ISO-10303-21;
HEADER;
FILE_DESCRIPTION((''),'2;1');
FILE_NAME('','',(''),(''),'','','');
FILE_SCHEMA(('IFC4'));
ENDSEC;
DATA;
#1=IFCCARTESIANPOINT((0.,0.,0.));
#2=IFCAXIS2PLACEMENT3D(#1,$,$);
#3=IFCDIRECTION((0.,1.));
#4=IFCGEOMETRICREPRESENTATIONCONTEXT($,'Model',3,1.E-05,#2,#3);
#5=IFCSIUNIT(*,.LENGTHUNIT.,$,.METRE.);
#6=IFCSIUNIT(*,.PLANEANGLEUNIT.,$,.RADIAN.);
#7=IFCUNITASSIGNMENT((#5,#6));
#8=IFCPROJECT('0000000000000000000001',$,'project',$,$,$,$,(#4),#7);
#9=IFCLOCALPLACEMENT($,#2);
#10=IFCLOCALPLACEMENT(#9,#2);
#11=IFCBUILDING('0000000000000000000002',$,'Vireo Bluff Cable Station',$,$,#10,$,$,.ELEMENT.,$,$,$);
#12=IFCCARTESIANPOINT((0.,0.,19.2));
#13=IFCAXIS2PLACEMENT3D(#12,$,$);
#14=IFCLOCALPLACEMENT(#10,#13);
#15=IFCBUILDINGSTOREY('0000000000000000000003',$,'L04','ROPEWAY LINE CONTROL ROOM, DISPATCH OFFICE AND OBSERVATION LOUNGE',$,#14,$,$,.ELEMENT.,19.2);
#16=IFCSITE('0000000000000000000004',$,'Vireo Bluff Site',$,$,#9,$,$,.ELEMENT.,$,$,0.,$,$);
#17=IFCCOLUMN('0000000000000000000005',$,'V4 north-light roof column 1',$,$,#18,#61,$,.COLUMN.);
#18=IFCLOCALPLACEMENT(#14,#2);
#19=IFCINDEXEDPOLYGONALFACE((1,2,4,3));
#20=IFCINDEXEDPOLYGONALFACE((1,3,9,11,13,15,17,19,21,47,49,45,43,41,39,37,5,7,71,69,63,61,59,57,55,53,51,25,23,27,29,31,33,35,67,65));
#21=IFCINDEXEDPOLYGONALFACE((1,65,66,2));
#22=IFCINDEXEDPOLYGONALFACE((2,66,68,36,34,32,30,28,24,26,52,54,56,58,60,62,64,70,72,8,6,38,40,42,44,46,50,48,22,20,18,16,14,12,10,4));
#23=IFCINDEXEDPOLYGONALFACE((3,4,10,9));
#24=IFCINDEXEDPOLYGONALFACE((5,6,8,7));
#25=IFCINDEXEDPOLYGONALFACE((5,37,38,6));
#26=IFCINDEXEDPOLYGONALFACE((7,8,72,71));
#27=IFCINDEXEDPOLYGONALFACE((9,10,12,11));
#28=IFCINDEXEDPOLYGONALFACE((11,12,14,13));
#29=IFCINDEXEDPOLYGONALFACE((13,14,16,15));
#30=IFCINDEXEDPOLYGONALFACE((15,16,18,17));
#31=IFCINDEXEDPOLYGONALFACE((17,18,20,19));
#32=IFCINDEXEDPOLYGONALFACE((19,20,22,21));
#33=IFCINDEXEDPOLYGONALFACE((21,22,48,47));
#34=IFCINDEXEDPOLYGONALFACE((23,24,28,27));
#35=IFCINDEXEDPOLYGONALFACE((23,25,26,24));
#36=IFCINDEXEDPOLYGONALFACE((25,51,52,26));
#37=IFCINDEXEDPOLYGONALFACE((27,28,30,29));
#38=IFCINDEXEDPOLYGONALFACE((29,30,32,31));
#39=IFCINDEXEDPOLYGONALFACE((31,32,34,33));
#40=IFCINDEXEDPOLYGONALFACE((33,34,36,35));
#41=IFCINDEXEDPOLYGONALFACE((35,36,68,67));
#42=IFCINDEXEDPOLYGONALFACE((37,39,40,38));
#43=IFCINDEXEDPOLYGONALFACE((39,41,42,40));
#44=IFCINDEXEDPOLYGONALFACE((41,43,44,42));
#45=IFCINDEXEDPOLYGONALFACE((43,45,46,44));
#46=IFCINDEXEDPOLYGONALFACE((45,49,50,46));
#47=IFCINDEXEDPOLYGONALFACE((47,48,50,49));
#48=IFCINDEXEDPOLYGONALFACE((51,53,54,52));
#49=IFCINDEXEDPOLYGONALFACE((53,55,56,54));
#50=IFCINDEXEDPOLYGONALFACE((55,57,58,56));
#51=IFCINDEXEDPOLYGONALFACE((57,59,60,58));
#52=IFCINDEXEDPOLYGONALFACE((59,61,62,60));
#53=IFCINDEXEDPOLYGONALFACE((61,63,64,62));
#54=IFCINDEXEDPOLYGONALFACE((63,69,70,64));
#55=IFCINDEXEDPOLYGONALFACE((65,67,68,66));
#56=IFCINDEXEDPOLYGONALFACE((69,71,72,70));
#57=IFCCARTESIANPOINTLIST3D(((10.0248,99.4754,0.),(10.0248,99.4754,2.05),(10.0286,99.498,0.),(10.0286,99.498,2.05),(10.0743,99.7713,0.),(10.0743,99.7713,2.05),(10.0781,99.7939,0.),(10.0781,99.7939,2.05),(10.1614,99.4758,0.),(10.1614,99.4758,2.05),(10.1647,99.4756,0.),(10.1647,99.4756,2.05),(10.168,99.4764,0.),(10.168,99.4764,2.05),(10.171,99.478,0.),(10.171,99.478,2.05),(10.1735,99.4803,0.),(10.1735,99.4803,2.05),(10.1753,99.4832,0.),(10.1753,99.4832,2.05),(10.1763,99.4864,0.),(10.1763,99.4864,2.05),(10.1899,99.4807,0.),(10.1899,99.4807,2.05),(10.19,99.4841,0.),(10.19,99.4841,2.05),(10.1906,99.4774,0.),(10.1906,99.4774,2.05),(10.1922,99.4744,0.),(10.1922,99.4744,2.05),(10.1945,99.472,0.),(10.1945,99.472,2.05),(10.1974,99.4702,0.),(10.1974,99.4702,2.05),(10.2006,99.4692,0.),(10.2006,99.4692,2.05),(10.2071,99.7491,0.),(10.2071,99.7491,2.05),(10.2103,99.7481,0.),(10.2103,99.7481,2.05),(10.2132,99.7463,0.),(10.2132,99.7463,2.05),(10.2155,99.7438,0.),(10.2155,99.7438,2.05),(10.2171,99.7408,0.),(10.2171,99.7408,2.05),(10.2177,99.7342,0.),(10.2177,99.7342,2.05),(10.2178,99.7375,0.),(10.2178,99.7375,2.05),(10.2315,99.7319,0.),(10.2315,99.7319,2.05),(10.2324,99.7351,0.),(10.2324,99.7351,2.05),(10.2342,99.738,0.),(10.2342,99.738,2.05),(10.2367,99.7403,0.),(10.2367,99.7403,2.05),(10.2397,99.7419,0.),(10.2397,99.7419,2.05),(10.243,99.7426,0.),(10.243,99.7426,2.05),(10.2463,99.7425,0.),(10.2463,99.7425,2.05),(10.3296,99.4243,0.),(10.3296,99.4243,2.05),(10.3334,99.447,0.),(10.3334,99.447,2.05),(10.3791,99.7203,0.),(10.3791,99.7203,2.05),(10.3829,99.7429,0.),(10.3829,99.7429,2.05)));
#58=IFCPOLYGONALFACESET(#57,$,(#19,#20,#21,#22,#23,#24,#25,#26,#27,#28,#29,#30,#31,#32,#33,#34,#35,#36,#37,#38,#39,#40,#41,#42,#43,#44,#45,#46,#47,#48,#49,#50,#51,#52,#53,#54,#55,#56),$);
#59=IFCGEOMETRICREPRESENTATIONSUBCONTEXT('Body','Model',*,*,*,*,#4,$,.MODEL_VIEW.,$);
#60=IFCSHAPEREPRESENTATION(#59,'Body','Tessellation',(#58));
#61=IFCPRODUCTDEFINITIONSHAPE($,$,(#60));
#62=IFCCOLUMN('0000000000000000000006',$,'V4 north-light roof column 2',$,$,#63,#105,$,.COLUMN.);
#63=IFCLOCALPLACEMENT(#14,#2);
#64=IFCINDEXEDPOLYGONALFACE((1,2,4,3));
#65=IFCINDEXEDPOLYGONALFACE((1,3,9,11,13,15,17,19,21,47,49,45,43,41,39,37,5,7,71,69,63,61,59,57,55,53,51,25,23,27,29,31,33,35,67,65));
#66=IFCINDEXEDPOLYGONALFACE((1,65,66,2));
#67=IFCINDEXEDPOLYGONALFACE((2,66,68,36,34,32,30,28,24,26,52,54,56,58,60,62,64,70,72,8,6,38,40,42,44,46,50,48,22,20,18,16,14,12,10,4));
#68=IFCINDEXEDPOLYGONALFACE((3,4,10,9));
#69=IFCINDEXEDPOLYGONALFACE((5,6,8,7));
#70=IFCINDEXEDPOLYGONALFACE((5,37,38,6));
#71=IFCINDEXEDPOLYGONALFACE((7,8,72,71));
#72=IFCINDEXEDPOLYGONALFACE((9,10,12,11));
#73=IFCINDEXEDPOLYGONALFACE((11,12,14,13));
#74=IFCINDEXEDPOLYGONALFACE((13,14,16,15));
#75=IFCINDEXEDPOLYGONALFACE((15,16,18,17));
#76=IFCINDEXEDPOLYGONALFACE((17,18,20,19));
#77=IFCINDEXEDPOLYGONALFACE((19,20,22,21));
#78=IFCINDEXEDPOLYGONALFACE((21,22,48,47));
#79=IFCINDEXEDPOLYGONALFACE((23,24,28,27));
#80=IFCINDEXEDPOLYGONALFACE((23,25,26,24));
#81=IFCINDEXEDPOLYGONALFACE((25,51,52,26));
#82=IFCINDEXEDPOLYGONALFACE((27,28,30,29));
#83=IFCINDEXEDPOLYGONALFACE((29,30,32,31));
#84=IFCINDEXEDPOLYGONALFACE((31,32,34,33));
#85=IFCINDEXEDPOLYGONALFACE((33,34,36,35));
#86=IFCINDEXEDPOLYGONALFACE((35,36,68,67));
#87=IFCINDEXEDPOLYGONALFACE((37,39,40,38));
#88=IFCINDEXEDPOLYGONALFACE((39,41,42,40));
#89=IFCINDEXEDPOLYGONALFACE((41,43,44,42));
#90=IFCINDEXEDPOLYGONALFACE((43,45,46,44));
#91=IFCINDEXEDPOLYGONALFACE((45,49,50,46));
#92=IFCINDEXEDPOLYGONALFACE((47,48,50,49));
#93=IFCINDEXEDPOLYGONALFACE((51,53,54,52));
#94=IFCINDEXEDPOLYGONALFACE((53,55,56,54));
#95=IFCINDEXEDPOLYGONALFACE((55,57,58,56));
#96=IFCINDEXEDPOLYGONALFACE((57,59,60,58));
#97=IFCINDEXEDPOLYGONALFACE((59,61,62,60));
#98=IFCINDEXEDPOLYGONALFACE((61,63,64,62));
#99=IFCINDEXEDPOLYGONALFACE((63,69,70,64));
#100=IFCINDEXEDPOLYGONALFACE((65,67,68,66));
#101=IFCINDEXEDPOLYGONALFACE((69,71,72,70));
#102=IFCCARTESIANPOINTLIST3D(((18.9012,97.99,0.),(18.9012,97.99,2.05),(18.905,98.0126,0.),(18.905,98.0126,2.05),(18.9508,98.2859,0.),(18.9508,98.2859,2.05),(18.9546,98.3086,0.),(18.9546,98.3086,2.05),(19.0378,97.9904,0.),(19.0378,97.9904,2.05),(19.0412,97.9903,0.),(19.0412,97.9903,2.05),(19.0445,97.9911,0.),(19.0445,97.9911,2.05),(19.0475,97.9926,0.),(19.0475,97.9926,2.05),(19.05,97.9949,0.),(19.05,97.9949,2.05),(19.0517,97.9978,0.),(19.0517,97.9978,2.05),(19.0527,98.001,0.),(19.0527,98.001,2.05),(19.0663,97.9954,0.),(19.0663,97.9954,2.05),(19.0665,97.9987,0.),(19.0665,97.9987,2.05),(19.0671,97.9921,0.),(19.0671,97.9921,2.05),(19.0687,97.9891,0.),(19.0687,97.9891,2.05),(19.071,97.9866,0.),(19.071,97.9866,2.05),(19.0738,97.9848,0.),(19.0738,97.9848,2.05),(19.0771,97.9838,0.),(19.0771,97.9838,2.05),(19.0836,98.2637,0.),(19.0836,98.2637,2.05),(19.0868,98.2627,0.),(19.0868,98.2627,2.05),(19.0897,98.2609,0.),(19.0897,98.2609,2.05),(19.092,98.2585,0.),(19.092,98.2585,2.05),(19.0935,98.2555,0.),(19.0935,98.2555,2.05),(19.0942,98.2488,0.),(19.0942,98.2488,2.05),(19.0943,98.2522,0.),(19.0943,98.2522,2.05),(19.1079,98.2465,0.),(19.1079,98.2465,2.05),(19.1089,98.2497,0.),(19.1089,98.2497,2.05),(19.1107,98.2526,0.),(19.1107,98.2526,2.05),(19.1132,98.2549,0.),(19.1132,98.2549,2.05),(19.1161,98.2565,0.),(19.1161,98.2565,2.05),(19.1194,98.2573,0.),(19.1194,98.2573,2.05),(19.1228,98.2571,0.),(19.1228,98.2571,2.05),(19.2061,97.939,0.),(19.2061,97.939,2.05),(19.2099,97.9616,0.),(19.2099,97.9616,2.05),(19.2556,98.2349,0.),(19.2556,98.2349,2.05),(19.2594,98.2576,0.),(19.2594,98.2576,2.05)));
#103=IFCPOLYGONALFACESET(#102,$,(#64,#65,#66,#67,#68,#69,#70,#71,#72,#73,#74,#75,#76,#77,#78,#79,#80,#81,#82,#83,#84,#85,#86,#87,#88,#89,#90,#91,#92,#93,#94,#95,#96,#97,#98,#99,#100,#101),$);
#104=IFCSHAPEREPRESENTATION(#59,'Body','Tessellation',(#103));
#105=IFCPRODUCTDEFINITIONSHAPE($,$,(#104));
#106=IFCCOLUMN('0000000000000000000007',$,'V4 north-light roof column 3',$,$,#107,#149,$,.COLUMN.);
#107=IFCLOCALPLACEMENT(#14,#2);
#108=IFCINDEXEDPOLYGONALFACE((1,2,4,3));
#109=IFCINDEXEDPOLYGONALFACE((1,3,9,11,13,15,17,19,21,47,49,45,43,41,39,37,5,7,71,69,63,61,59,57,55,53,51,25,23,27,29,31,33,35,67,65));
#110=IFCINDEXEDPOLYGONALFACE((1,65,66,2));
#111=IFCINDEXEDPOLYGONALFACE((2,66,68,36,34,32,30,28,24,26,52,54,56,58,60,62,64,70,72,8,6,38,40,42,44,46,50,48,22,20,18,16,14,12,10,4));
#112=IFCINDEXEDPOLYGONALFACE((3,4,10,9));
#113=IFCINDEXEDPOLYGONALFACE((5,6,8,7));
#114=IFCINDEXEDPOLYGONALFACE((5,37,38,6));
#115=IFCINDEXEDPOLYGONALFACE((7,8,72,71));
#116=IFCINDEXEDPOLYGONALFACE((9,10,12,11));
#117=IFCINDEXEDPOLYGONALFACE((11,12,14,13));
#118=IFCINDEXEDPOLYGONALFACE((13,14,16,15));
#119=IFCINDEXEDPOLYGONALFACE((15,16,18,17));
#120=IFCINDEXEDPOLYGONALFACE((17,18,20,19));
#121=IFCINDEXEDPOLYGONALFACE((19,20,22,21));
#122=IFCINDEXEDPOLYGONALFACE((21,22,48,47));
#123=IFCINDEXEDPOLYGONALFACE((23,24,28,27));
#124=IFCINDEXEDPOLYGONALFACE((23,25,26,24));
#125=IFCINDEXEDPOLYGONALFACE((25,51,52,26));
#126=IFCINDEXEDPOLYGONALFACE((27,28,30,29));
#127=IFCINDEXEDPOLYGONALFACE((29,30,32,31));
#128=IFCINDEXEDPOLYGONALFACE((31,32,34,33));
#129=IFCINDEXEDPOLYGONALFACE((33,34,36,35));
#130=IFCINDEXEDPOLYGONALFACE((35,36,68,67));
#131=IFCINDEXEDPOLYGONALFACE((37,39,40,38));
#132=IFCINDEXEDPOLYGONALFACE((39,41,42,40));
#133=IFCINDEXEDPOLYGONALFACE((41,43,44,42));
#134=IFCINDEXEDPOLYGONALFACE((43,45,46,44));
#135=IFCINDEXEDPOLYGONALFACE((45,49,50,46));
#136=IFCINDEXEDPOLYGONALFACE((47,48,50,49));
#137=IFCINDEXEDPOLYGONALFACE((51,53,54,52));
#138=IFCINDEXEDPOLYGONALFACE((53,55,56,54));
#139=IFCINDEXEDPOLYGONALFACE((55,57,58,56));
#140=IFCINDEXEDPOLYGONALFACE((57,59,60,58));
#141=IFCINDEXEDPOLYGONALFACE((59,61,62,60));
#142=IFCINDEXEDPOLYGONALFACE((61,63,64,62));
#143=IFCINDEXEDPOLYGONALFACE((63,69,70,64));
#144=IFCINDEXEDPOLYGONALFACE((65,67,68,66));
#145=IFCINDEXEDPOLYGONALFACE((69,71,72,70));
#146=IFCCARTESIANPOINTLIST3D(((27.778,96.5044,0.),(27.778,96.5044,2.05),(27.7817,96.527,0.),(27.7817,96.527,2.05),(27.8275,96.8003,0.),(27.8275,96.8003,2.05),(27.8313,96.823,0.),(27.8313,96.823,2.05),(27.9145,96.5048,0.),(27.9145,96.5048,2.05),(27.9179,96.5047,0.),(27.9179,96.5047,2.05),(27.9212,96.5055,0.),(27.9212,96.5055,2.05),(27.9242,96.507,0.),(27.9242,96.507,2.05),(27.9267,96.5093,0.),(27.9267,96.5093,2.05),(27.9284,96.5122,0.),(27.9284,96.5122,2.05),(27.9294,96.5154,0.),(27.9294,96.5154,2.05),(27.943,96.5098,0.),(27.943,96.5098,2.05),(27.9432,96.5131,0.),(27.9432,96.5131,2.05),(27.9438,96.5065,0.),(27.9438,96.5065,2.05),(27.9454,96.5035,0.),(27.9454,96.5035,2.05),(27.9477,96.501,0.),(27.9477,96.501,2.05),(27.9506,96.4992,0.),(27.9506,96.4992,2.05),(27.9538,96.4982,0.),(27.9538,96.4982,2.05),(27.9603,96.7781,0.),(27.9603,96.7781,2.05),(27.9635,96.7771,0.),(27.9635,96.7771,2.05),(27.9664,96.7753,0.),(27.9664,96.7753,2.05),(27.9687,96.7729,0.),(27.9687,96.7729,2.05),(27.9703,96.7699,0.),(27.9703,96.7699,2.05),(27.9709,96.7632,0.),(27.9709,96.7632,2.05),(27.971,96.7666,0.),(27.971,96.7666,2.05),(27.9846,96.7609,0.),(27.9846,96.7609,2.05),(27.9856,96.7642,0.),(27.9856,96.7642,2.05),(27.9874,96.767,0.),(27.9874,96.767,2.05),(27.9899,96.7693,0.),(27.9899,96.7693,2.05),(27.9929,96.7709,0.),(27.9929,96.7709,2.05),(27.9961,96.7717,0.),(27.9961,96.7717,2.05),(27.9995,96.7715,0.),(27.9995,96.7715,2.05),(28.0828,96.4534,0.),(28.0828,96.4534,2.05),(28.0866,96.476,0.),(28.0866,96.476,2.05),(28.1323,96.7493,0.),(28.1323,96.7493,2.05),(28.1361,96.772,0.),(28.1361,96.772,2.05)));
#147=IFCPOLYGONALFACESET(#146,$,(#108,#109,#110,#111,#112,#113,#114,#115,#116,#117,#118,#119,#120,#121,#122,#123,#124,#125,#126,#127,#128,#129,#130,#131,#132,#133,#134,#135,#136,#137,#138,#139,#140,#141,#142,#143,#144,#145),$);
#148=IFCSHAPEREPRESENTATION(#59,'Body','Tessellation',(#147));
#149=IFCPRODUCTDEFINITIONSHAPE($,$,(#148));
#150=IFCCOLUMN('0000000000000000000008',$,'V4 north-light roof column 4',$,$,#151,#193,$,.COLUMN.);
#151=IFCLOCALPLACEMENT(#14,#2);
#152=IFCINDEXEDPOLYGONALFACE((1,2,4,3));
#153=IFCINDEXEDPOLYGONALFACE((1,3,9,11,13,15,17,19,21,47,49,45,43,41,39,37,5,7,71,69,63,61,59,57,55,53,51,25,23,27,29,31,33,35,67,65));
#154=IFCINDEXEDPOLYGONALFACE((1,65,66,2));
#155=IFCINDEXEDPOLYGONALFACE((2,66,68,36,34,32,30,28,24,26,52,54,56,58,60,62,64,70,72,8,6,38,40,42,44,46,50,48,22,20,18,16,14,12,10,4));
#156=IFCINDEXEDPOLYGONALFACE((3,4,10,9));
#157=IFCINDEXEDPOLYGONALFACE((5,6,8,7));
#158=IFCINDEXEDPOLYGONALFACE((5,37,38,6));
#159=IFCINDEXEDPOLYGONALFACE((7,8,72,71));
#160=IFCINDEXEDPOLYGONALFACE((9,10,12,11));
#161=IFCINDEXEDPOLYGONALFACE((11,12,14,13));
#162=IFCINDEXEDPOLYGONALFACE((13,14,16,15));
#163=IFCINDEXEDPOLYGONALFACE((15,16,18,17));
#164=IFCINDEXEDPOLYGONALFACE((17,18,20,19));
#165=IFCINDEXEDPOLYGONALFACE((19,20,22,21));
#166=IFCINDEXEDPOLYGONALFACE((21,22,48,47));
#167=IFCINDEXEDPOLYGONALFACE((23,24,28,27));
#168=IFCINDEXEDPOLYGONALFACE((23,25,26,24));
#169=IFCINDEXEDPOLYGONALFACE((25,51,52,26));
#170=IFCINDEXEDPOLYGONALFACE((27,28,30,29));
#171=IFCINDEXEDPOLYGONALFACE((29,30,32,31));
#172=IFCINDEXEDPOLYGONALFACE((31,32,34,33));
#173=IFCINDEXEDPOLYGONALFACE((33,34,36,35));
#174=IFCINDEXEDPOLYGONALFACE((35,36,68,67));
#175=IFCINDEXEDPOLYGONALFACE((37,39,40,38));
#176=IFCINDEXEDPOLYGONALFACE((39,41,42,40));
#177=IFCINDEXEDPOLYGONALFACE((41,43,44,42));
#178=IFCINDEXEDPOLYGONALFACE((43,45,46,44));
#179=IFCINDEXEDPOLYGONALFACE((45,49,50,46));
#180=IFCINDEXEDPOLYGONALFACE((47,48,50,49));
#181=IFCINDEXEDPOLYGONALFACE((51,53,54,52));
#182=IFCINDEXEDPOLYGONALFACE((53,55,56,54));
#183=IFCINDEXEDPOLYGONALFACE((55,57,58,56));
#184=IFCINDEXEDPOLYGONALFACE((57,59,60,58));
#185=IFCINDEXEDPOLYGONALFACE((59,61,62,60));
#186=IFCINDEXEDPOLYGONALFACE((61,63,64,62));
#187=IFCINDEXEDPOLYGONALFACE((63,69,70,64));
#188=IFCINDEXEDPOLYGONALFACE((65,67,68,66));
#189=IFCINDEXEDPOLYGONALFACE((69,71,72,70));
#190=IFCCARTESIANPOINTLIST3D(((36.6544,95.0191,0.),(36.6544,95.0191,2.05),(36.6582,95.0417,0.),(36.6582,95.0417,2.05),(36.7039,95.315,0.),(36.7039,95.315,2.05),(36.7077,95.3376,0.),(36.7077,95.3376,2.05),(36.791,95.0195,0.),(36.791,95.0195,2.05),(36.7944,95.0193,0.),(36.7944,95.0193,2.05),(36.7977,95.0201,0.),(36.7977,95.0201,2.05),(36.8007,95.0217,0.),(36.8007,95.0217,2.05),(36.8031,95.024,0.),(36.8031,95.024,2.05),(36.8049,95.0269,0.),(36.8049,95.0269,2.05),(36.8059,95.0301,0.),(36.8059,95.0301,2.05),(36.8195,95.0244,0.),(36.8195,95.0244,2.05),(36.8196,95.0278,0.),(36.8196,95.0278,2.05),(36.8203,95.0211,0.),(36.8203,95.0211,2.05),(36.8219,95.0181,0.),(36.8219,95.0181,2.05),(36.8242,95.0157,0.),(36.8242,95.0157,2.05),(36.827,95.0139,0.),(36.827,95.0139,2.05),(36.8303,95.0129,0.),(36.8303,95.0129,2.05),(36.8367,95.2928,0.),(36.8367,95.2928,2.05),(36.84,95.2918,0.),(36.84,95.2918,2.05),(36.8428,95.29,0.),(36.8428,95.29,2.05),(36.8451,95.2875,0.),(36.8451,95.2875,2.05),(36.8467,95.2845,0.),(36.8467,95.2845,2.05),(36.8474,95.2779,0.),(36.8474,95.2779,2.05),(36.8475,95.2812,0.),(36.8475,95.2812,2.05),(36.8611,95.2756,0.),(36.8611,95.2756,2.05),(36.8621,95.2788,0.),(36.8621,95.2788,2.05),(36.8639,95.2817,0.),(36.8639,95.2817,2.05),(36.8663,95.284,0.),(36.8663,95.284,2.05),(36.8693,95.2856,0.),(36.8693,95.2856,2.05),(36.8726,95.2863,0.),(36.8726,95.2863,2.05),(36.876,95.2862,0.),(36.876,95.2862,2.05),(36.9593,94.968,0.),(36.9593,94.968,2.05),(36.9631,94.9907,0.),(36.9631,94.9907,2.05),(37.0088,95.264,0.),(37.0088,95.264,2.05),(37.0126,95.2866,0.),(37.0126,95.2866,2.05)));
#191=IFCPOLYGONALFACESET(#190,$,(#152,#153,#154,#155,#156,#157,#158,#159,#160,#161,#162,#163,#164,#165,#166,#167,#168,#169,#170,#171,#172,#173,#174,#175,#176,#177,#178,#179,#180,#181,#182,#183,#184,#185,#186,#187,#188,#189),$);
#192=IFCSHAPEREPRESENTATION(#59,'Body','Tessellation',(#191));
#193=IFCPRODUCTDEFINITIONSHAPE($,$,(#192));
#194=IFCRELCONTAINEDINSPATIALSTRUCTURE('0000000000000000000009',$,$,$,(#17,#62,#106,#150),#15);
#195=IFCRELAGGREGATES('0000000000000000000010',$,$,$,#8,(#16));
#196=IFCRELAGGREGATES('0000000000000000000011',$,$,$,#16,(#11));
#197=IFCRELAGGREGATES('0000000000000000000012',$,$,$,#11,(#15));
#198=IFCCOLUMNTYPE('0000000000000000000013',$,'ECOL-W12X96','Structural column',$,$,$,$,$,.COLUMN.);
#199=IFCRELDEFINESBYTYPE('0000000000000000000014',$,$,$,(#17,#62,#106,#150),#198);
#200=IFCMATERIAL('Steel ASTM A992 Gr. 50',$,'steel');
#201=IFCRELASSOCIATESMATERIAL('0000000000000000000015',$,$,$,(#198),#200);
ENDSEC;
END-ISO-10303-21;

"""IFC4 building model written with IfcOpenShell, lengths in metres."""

from ifc_helpers import new_model, si_unit, direction, frame, origin, origin_2d, place, context, subcontext, project, spatial, i_section, extrude, material, material_profile, profile_set, type_object, element, save


model = new_model("IFC4")

# Units and contexts
model_context = context("Model", 3, precision=1e-05, world=origin(), true_north=direction((0.0, 1.0)))
body_context = subcontext(model_context, "Body", "Model", "MODEL_VIEW")
ifc_project = project(units=[si_unit("LENGTHUNIT", "METRE"), si_unit("PLANEANGLEUNIT", "RADIAN")], contexts=[model_context])

# Site, building, storey
site_placement = place(None, origin())
site = spatial("IfcSite", under=ifc_project, at=site_placement, Name="Vireo Bluff Site", CompositionType="ELEMENT", RefElevation=0.0)
building_placement = place(site_placement, origin())
building = spatial("IfcBuilding", under=site, at=building_placement, Name="Vireo Bluff Cable Station", CompositionType="ELEMENT")
storey_placement = place(building_placement, frame((0.0, 0.0, 19.2)))
storey = spatial("IfcBuildingStorey", under=building, at=storey_placement, Name="L04", Description="ROPEWAY LINE CONTROL ROOM, DISPATCH OFFICE AND OBSERVATION LOUNGE", CompositionType="ELEMENT", Elevation=19.2)

# Columns
ifc_material_1 = material(Name="Steel ASTM A992 Gr. 50", Category="steel")
ifc_material_profile_1 = material_profile(ifc_material_1, i_section(OverallWidth=0.3091, OverallDepth=0.323, WebThickness=0.0139, FlangeThickness=0.0229, FilletRadius=0.0129, at=origin_2d()), Name="W12X96")
ifc_profile_set_1 = profile_set([ifc_material_profile_1], Name="Steel ASTM A992 Gr. 50")
column_type_1 = type_object("IfcColumnType", Name="ECOL-W12X96", Description="Structural column", PredefinedType="COLUMN", material=ifc_profile_set_1)
for number, where, z_axis, x_axis, name in (
    (1, (10.2039, 99.6091, 0.0), (0.0, 0.0, 1.0), (0.986286, -0.165048, 0.0), "V4 north-light roof column 1"),
    (2, (19.0803, 98.1238, 0.0), (0.0, 0.0, 1.0), (0.986286, -0.165048, 0.0), "V4 north-light roof column 2"),
    (3, (27.957, 96.6382, 0.0), (0.0, 0.0, 1.0), (0.986286, -0.165048, 0.0), "V4 north-light roof column 3"),
    (4, (36.8335, 95.1528, 0.0), (0.0, 0.0, 1.0), (0.986286, -0.165048, 0.0), "V4 north-light roof column 4"),
):
    element("IfcColumn", number, at=place(storey_placement, frame(where, z_axis=z_axis, x_axis=x_axis)), inside=storey, type_object=column_type_1, Name=name, PredefinedType="COLUMN", context=body_context, shape_type="SweptSolid", body=[
        extrude(i_section(OverallWidth=0.3091, OverallDepth=0.323, WebThickness=0.0139, FlangeThickness=0.0229, FilletRadius=0.0129, at=origin_2d()), origin(), (0.0, 0.0, 1.0), 2.05),
    ])

save(model, "model.ifc")
